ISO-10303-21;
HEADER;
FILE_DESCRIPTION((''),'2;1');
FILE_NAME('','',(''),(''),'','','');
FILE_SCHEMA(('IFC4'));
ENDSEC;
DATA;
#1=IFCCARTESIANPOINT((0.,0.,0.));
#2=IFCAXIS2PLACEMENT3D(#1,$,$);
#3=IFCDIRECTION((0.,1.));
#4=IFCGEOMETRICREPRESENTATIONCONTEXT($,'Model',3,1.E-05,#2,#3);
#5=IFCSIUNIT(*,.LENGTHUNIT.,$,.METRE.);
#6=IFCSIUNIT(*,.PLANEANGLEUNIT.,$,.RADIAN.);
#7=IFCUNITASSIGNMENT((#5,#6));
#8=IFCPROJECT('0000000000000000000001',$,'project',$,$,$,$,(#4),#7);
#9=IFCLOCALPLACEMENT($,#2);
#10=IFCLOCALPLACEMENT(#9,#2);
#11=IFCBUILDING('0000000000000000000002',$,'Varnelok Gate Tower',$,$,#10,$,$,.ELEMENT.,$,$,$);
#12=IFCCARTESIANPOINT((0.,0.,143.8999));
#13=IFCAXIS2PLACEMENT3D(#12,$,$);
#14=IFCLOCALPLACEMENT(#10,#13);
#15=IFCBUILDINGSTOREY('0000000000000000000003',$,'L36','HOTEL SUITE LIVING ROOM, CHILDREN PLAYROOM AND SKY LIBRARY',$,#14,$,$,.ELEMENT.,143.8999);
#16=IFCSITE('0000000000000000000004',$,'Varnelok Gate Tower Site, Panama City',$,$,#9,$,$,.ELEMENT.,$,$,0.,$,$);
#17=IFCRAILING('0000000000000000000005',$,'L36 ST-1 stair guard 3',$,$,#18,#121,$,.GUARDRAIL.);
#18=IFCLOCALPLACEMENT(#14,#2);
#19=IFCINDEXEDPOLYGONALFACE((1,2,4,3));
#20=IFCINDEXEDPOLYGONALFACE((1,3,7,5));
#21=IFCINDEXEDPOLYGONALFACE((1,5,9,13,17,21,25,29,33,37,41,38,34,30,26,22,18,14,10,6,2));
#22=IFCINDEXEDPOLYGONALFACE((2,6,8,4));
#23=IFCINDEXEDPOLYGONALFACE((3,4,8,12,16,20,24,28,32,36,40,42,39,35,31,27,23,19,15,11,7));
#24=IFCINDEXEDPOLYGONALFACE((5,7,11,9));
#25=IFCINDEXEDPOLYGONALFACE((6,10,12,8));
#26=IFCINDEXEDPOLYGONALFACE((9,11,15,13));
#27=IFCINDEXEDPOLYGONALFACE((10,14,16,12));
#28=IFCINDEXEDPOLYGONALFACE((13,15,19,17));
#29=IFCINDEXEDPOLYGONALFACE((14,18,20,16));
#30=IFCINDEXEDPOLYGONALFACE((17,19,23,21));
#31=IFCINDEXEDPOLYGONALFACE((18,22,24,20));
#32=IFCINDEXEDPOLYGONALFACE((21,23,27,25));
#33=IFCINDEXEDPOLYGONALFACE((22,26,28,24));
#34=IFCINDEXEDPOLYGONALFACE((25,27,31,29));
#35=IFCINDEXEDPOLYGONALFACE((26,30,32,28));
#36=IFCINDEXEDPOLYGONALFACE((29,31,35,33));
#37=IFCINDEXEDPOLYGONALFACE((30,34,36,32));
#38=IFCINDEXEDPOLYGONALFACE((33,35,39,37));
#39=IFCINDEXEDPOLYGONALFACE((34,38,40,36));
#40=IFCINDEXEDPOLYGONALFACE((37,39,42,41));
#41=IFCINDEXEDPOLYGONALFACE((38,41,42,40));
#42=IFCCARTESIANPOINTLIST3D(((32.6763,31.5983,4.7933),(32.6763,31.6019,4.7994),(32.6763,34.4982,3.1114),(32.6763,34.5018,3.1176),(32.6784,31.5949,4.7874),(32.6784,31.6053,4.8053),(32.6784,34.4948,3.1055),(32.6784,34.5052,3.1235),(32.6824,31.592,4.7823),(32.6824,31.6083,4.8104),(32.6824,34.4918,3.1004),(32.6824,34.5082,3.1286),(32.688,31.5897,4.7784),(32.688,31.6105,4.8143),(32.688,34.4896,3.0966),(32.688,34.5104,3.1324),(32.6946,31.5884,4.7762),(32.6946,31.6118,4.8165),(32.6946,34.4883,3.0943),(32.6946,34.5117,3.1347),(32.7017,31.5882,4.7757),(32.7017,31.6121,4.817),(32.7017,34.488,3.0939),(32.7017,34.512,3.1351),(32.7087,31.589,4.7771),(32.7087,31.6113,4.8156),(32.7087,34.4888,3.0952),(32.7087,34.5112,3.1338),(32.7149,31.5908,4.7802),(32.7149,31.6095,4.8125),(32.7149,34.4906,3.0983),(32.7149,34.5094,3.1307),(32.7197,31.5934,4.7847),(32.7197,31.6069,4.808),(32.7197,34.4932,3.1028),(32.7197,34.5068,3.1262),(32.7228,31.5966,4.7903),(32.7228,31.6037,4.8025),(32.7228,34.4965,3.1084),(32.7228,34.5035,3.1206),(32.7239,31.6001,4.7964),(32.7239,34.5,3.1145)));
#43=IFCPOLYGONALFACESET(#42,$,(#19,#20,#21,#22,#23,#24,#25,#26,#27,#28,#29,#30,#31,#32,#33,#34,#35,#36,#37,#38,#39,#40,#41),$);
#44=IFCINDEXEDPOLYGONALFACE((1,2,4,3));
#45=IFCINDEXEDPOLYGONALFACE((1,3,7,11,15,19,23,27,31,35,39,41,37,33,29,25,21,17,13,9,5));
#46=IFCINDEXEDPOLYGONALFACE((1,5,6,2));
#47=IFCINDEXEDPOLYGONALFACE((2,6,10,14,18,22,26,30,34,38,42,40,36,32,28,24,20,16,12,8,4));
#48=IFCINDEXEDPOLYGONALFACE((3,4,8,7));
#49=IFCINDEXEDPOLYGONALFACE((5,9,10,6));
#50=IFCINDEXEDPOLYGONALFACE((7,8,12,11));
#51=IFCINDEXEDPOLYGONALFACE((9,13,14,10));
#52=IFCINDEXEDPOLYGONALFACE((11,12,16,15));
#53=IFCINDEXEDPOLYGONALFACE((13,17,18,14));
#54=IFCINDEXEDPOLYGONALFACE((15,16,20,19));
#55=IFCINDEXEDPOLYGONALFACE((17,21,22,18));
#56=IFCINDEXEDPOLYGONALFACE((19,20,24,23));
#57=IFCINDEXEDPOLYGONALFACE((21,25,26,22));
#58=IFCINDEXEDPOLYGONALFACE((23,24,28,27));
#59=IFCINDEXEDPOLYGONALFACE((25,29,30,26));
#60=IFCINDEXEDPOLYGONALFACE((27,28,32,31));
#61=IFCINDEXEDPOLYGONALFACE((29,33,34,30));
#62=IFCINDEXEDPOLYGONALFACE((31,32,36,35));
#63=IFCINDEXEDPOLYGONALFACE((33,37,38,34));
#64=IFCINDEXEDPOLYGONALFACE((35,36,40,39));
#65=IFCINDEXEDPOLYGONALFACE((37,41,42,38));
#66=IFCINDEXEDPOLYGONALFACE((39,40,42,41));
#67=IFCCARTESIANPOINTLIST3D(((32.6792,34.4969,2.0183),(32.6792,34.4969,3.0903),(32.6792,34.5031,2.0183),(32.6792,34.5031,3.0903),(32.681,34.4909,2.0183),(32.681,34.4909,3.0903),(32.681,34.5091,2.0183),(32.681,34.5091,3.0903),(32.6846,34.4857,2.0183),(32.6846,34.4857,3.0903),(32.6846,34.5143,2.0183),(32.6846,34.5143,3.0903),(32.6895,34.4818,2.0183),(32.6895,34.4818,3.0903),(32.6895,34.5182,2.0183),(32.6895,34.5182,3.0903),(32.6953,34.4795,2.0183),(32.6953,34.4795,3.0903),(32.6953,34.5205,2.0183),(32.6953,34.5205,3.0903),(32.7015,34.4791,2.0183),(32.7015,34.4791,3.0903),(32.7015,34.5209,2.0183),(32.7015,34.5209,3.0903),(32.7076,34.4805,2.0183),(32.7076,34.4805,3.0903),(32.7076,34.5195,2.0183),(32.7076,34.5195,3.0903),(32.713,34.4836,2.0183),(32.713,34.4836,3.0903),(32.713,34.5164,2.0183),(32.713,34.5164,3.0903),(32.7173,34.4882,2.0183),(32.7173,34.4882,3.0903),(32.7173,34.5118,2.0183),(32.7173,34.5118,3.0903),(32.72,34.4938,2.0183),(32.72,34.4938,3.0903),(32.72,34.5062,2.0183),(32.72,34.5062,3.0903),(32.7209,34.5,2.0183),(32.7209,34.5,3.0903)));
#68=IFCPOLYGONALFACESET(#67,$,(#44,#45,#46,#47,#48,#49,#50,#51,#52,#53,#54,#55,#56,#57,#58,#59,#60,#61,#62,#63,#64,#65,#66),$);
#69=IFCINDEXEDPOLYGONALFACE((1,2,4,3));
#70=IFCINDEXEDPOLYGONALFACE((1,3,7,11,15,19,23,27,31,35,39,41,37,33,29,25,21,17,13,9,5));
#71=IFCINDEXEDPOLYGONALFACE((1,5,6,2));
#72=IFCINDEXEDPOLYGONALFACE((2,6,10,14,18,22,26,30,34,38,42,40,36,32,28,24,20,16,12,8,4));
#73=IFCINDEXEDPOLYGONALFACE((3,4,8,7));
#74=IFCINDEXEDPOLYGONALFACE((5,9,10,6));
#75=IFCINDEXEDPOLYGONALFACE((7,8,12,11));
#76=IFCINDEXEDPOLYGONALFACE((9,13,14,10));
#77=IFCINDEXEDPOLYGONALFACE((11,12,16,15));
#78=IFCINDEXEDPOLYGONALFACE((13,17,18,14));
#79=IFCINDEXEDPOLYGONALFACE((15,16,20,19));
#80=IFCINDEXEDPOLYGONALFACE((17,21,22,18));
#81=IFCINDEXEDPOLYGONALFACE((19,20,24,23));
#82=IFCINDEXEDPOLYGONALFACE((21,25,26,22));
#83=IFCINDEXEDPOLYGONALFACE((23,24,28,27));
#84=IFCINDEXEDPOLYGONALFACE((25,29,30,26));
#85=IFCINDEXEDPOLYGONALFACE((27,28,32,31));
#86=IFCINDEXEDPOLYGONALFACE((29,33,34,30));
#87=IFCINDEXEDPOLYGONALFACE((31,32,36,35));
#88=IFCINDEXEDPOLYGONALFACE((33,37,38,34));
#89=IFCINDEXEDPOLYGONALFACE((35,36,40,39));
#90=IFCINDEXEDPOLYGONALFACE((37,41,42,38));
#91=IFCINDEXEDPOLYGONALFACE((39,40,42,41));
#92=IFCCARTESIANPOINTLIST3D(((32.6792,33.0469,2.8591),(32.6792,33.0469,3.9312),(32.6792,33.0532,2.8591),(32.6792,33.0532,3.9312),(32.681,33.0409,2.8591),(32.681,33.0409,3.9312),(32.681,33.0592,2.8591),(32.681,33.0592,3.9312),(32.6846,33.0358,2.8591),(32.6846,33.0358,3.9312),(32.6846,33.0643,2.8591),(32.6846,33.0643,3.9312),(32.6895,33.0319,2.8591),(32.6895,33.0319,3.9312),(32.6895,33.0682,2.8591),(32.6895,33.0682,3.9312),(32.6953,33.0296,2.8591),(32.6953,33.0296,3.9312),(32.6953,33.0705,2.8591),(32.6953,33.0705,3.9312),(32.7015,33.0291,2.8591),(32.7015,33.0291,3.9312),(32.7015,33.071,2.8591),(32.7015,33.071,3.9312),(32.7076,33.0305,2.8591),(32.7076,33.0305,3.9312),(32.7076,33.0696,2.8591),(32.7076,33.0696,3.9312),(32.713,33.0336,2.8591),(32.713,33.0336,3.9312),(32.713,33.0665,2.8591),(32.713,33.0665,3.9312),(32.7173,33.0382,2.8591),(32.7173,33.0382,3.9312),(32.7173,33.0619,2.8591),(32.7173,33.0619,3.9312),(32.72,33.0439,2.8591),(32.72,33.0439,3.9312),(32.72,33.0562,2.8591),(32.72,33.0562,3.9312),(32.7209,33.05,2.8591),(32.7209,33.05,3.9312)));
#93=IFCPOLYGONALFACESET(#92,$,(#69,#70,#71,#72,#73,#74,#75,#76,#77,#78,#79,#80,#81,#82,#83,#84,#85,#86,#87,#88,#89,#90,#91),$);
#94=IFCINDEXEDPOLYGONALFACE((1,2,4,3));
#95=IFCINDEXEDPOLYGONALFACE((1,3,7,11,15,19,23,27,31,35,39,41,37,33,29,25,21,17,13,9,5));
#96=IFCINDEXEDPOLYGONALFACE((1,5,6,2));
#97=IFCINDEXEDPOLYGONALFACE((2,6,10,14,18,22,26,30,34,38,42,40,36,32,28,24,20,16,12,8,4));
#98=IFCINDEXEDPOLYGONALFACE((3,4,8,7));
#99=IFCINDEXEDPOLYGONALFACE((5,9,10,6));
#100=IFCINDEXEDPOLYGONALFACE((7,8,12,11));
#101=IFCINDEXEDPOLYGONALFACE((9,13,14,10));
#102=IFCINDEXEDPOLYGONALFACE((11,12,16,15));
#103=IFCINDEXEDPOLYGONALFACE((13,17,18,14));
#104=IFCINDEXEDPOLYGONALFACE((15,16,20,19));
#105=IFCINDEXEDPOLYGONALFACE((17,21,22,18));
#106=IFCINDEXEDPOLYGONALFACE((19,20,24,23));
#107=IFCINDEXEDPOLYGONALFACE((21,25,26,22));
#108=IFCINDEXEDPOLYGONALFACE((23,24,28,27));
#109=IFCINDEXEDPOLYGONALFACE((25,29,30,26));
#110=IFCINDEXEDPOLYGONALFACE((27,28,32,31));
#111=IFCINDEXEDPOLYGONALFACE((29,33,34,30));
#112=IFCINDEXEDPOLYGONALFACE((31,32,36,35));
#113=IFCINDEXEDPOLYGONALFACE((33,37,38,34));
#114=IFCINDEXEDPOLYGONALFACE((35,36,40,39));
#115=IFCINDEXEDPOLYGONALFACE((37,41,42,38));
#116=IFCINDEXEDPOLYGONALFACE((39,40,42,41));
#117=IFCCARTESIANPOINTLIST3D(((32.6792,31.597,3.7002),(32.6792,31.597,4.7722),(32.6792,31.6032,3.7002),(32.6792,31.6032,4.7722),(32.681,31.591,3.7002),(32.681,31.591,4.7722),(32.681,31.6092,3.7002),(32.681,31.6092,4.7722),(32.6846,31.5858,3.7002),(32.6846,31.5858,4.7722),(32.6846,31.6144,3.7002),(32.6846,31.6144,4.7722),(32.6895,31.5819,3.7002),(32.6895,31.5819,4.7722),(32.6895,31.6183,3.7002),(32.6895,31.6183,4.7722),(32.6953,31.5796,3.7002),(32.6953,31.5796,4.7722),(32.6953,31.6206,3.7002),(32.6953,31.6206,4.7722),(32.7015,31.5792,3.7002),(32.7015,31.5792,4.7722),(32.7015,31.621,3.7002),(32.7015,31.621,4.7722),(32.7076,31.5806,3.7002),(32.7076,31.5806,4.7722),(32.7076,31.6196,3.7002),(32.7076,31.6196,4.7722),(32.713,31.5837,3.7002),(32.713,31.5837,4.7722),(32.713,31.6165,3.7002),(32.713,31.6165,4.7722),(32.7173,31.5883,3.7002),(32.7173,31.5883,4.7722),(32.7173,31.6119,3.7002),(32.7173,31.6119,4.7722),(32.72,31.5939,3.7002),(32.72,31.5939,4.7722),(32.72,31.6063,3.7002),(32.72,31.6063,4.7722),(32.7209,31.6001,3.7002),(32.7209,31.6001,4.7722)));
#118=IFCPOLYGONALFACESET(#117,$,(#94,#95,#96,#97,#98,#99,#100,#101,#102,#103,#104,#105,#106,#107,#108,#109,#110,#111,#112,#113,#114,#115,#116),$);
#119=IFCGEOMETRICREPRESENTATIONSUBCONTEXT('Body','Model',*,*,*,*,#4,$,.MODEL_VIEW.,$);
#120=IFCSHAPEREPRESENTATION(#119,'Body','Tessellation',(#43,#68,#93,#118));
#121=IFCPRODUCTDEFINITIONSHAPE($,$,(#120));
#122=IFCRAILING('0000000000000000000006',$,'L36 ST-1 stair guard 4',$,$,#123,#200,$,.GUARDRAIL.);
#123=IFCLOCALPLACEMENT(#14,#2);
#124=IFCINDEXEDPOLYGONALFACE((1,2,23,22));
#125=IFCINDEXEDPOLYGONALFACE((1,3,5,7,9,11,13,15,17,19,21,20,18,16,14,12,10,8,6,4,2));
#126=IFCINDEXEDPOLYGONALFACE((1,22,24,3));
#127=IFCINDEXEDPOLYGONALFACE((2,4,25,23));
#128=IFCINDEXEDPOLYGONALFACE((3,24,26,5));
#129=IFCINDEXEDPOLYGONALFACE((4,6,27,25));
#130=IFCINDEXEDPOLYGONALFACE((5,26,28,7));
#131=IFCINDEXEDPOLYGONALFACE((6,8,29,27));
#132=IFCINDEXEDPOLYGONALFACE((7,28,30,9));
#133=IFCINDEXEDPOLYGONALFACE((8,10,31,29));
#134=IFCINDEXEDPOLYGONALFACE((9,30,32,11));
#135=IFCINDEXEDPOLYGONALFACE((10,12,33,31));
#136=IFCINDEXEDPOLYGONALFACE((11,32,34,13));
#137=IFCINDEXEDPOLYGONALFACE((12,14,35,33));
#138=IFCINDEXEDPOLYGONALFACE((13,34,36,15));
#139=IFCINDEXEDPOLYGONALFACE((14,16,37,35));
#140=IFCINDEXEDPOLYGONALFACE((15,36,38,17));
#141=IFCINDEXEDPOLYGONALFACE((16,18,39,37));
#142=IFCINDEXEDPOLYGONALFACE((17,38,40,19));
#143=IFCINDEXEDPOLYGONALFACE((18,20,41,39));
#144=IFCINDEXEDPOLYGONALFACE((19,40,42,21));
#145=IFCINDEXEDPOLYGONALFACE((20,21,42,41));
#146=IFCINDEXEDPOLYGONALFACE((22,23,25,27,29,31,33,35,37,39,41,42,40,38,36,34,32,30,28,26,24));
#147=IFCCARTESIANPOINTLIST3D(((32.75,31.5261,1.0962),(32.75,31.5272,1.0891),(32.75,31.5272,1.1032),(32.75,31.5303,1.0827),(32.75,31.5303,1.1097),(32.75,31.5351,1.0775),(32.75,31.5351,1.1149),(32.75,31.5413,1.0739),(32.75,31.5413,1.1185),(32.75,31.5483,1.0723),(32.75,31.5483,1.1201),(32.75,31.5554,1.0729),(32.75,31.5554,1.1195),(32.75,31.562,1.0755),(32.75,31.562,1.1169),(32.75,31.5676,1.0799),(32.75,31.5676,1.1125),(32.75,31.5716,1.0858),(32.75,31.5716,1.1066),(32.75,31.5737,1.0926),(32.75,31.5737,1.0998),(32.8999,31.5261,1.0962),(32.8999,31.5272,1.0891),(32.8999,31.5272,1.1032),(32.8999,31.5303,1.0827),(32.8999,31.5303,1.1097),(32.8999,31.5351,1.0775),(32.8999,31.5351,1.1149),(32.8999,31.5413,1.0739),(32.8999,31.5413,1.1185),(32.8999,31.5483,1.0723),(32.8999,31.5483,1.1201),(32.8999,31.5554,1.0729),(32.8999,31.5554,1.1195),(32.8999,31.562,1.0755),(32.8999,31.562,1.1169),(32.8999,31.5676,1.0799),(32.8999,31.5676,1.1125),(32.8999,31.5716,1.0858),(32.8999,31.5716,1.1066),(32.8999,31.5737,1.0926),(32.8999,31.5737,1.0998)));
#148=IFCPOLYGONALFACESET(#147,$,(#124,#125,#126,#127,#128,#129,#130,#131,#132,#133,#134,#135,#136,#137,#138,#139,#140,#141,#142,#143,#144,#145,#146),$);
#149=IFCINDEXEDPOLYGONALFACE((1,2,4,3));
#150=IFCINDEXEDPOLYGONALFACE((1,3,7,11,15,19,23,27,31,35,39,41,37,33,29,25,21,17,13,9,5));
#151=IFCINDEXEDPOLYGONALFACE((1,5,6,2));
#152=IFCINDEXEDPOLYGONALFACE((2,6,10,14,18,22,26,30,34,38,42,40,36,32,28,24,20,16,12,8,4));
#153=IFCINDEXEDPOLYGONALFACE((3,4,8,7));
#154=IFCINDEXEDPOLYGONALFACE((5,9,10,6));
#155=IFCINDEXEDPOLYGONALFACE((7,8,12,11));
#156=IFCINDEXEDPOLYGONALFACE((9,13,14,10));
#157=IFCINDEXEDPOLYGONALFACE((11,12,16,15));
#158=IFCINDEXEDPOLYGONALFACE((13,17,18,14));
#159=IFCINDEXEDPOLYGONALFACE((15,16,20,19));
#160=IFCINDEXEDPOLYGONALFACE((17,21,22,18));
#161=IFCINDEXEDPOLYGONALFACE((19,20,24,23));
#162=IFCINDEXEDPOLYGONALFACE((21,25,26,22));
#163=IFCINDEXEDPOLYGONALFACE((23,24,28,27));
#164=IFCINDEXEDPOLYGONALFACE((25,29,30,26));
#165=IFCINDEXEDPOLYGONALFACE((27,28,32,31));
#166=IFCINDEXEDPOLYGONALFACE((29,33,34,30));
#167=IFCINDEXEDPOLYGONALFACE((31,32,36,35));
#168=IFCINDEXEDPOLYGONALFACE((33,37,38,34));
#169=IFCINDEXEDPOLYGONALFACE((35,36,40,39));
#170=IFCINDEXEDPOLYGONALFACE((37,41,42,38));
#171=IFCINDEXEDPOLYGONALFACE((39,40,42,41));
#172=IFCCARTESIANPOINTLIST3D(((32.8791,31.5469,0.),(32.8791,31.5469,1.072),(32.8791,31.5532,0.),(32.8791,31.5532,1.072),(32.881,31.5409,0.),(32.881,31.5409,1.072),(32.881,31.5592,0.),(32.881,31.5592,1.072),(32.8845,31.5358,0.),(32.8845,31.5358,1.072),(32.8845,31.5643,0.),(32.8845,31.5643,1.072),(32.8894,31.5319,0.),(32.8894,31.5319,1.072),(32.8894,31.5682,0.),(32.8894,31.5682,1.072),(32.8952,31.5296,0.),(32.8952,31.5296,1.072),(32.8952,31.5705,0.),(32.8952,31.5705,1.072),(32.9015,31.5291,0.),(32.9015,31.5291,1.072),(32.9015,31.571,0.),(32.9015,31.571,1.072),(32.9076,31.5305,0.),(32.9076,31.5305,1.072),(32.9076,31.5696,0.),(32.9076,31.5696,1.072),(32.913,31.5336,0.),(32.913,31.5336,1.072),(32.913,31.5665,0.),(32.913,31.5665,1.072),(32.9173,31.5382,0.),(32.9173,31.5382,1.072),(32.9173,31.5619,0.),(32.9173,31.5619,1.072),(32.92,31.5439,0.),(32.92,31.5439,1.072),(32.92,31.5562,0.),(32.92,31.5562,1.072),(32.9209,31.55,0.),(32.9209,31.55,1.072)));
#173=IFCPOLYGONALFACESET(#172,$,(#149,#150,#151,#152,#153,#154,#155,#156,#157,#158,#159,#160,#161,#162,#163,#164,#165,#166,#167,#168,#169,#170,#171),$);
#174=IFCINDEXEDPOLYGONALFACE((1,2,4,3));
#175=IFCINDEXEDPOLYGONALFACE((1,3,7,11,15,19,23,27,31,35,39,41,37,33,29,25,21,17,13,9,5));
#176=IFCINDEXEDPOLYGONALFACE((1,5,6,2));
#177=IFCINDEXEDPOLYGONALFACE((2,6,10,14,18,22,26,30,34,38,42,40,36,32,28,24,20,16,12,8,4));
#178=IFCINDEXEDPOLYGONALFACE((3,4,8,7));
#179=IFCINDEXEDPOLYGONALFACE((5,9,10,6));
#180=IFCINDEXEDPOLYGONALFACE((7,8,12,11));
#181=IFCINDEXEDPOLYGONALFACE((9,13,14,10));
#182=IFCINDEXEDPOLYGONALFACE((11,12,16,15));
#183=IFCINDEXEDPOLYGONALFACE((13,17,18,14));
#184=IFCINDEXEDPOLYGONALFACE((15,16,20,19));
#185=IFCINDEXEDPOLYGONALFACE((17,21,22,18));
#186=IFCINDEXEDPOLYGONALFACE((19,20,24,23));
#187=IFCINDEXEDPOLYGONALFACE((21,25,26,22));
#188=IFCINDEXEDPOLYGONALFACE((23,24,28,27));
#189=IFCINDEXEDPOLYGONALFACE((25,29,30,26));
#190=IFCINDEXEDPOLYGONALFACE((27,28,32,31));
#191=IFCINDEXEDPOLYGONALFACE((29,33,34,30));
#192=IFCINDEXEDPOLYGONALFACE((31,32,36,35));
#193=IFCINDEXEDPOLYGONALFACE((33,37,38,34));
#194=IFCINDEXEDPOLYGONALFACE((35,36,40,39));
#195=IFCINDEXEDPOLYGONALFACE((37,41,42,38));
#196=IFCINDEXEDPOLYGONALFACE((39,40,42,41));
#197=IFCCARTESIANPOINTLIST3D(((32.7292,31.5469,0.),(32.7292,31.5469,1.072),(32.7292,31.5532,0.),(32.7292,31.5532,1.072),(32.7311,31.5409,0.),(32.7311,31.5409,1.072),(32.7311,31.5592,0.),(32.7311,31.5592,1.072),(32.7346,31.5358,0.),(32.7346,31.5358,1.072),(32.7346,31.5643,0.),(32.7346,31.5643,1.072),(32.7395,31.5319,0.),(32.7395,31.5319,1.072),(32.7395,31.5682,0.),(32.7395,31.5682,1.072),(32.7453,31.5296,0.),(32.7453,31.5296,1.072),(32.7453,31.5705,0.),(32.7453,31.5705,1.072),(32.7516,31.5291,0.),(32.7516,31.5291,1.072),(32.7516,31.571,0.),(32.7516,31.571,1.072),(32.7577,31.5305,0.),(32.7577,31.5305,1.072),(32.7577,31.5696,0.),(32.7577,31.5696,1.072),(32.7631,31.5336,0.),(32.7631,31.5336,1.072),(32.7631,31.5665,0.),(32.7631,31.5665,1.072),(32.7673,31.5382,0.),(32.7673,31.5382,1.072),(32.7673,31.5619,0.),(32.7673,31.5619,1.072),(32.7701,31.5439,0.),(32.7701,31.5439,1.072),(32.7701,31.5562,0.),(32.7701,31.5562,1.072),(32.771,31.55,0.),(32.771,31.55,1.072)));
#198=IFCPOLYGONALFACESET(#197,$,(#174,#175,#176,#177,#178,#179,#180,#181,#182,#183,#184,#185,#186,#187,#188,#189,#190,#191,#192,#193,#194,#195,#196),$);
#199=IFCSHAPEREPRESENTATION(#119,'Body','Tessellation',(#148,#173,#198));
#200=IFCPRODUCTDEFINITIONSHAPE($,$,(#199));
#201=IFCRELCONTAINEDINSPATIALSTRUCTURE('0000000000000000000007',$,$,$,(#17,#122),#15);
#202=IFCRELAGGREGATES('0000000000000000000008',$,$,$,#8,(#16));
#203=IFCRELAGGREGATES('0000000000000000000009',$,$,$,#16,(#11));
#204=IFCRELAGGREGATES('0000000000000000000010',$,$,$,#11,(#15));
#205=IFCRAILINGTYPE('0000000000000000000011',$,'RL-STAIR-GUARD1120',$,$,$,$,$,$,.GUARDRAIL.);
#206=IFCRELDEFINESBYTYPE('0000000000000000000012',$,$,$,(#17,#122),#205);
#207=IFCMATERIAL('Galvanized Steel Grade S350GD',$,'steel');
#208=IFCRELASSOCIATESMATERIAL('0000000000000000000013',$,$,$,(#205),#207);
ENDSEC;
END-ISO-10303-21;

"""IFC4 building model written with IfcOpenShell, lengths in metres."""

from ifc_helpers import new_model, si_unit, direction, frame, origin, origin_2d, place, context, subcontext, project, spatial, circle, extrude, material, type_object, element, save


model = new_model("IFC4")

# Units and contexts
model_context = context("Model", 3, precision=1e-05, world=origin(), true_north=direction((0.0, 1.0)))
body_context = subcontext(model_context, "Body", "Model", "MODEL_VIEW")
ifc_project = project(units=[si_unit("LENGTHUNIT", "METRE"), si_unit("PLANEANGLEUNIT", "RADIAN")], contexts=[model_context])

# Site, building, storey
site_placement = place(None, origin())
site = spatial("IfcSite", under=ifc_project, at=site_placement, Name="Varnelok Gate Tower Site, Panama City", CompositionType="ELEMENT", RefElevation=0.0)
building_placement = place(site_placement, origin())
building = spatial("IfcBuilding", under=site, at=building_placement, Name="Varnelok Gate Tower", CompositionType="ELEMENT")
storey_placement = place(building_placement, frame((0.0, 0.0, 143.8999)))
storey = spatial("IfcBuildingStorey", under=building, at=storey_placement, Name="L36", Description="HOTEL SUITE LIVING ROOM, CHILDREN PLAYROOM AND SKY LIBRARY", CompositionType="ELEMENT", Elevation=143.8999)

# Shared definitions
ifc_material_1 = material(Name="Galvanized Steel Grade S350GD", Category="steel")

# Railings
railing_type_1 = type_object("IfcRailingType", Name="RL-STAIR-GUARD1120", PredefinedType="GUARDRAIL", material=ifc_material_1)
railing_1_placement = place(storey_placement, frame((32.7, 34.5, 2.0183)))
element("IfcRailing", 1, at=railing_1_placement, inside=storey, type_object=railing_type_1, Name="L36 ST-1 stair guard 3", PredefinedType="GUARDRAIL", context=body_context, shape_type="SweptSolid", body=[
    extrude(circle(Radius=0.0239, at=origin_2d()), frame((0.0, 0.0, 1.0962), z_axis=(0.0, -0.865039, 0.501705), x_axis=(1.0, 0.0, 0.0)), (0.0, 0.0, 1.0), 3.3523),
    extrude(circle(Radius=0.021, at=origin_2d()), origin(), (0.0, 0.0, 1.0), 1.072),
    extrude(circle(Radius=0.021, at=origin_2d()), frame((0.0, -1.45, 0.8408)), (0.0, 0.0, 1.0), 1.072),
    extrude(circle(Radius=0.021, at=origin_2d()), frame((0.0, -2.8999, 1.6819)), (0.0, 0.0, 1.0), 1.072),
])
railing_2_placement = place(storey_placement, frame((32.8999, 31.55, 0.0)))
element("IfcRailing", 2, at=railing_2_placement, inside=storey, type_object=railing_type_1, Name="L36 ST-1 stair guard 4", PredefinedType="GUARDRAIL", context=body_context, shape_type="SweptSolid", body=[
    extrude(circle(Radius=0.0239, at=origin_2d()), frame((0.0, 0.0, 1.0962), z_axis=(-1.0, 0.0, 0.0), x_axis=(0.0, -1.0, 0.0)), (0.0, 0.0, 1.0), 0.1499),
    extrude(circle(Radius=0.021, at=origin_2d()), origin(), (0.0, 0.0, 1.0), 1.072),
    extrude(circle(Radius=0.021, at=origin_2d()), frame((-0.1499, 0.0, 0.0)), (0.0, 0.0, 1.0), 1.072),
])

save(model, "model.ifc")
